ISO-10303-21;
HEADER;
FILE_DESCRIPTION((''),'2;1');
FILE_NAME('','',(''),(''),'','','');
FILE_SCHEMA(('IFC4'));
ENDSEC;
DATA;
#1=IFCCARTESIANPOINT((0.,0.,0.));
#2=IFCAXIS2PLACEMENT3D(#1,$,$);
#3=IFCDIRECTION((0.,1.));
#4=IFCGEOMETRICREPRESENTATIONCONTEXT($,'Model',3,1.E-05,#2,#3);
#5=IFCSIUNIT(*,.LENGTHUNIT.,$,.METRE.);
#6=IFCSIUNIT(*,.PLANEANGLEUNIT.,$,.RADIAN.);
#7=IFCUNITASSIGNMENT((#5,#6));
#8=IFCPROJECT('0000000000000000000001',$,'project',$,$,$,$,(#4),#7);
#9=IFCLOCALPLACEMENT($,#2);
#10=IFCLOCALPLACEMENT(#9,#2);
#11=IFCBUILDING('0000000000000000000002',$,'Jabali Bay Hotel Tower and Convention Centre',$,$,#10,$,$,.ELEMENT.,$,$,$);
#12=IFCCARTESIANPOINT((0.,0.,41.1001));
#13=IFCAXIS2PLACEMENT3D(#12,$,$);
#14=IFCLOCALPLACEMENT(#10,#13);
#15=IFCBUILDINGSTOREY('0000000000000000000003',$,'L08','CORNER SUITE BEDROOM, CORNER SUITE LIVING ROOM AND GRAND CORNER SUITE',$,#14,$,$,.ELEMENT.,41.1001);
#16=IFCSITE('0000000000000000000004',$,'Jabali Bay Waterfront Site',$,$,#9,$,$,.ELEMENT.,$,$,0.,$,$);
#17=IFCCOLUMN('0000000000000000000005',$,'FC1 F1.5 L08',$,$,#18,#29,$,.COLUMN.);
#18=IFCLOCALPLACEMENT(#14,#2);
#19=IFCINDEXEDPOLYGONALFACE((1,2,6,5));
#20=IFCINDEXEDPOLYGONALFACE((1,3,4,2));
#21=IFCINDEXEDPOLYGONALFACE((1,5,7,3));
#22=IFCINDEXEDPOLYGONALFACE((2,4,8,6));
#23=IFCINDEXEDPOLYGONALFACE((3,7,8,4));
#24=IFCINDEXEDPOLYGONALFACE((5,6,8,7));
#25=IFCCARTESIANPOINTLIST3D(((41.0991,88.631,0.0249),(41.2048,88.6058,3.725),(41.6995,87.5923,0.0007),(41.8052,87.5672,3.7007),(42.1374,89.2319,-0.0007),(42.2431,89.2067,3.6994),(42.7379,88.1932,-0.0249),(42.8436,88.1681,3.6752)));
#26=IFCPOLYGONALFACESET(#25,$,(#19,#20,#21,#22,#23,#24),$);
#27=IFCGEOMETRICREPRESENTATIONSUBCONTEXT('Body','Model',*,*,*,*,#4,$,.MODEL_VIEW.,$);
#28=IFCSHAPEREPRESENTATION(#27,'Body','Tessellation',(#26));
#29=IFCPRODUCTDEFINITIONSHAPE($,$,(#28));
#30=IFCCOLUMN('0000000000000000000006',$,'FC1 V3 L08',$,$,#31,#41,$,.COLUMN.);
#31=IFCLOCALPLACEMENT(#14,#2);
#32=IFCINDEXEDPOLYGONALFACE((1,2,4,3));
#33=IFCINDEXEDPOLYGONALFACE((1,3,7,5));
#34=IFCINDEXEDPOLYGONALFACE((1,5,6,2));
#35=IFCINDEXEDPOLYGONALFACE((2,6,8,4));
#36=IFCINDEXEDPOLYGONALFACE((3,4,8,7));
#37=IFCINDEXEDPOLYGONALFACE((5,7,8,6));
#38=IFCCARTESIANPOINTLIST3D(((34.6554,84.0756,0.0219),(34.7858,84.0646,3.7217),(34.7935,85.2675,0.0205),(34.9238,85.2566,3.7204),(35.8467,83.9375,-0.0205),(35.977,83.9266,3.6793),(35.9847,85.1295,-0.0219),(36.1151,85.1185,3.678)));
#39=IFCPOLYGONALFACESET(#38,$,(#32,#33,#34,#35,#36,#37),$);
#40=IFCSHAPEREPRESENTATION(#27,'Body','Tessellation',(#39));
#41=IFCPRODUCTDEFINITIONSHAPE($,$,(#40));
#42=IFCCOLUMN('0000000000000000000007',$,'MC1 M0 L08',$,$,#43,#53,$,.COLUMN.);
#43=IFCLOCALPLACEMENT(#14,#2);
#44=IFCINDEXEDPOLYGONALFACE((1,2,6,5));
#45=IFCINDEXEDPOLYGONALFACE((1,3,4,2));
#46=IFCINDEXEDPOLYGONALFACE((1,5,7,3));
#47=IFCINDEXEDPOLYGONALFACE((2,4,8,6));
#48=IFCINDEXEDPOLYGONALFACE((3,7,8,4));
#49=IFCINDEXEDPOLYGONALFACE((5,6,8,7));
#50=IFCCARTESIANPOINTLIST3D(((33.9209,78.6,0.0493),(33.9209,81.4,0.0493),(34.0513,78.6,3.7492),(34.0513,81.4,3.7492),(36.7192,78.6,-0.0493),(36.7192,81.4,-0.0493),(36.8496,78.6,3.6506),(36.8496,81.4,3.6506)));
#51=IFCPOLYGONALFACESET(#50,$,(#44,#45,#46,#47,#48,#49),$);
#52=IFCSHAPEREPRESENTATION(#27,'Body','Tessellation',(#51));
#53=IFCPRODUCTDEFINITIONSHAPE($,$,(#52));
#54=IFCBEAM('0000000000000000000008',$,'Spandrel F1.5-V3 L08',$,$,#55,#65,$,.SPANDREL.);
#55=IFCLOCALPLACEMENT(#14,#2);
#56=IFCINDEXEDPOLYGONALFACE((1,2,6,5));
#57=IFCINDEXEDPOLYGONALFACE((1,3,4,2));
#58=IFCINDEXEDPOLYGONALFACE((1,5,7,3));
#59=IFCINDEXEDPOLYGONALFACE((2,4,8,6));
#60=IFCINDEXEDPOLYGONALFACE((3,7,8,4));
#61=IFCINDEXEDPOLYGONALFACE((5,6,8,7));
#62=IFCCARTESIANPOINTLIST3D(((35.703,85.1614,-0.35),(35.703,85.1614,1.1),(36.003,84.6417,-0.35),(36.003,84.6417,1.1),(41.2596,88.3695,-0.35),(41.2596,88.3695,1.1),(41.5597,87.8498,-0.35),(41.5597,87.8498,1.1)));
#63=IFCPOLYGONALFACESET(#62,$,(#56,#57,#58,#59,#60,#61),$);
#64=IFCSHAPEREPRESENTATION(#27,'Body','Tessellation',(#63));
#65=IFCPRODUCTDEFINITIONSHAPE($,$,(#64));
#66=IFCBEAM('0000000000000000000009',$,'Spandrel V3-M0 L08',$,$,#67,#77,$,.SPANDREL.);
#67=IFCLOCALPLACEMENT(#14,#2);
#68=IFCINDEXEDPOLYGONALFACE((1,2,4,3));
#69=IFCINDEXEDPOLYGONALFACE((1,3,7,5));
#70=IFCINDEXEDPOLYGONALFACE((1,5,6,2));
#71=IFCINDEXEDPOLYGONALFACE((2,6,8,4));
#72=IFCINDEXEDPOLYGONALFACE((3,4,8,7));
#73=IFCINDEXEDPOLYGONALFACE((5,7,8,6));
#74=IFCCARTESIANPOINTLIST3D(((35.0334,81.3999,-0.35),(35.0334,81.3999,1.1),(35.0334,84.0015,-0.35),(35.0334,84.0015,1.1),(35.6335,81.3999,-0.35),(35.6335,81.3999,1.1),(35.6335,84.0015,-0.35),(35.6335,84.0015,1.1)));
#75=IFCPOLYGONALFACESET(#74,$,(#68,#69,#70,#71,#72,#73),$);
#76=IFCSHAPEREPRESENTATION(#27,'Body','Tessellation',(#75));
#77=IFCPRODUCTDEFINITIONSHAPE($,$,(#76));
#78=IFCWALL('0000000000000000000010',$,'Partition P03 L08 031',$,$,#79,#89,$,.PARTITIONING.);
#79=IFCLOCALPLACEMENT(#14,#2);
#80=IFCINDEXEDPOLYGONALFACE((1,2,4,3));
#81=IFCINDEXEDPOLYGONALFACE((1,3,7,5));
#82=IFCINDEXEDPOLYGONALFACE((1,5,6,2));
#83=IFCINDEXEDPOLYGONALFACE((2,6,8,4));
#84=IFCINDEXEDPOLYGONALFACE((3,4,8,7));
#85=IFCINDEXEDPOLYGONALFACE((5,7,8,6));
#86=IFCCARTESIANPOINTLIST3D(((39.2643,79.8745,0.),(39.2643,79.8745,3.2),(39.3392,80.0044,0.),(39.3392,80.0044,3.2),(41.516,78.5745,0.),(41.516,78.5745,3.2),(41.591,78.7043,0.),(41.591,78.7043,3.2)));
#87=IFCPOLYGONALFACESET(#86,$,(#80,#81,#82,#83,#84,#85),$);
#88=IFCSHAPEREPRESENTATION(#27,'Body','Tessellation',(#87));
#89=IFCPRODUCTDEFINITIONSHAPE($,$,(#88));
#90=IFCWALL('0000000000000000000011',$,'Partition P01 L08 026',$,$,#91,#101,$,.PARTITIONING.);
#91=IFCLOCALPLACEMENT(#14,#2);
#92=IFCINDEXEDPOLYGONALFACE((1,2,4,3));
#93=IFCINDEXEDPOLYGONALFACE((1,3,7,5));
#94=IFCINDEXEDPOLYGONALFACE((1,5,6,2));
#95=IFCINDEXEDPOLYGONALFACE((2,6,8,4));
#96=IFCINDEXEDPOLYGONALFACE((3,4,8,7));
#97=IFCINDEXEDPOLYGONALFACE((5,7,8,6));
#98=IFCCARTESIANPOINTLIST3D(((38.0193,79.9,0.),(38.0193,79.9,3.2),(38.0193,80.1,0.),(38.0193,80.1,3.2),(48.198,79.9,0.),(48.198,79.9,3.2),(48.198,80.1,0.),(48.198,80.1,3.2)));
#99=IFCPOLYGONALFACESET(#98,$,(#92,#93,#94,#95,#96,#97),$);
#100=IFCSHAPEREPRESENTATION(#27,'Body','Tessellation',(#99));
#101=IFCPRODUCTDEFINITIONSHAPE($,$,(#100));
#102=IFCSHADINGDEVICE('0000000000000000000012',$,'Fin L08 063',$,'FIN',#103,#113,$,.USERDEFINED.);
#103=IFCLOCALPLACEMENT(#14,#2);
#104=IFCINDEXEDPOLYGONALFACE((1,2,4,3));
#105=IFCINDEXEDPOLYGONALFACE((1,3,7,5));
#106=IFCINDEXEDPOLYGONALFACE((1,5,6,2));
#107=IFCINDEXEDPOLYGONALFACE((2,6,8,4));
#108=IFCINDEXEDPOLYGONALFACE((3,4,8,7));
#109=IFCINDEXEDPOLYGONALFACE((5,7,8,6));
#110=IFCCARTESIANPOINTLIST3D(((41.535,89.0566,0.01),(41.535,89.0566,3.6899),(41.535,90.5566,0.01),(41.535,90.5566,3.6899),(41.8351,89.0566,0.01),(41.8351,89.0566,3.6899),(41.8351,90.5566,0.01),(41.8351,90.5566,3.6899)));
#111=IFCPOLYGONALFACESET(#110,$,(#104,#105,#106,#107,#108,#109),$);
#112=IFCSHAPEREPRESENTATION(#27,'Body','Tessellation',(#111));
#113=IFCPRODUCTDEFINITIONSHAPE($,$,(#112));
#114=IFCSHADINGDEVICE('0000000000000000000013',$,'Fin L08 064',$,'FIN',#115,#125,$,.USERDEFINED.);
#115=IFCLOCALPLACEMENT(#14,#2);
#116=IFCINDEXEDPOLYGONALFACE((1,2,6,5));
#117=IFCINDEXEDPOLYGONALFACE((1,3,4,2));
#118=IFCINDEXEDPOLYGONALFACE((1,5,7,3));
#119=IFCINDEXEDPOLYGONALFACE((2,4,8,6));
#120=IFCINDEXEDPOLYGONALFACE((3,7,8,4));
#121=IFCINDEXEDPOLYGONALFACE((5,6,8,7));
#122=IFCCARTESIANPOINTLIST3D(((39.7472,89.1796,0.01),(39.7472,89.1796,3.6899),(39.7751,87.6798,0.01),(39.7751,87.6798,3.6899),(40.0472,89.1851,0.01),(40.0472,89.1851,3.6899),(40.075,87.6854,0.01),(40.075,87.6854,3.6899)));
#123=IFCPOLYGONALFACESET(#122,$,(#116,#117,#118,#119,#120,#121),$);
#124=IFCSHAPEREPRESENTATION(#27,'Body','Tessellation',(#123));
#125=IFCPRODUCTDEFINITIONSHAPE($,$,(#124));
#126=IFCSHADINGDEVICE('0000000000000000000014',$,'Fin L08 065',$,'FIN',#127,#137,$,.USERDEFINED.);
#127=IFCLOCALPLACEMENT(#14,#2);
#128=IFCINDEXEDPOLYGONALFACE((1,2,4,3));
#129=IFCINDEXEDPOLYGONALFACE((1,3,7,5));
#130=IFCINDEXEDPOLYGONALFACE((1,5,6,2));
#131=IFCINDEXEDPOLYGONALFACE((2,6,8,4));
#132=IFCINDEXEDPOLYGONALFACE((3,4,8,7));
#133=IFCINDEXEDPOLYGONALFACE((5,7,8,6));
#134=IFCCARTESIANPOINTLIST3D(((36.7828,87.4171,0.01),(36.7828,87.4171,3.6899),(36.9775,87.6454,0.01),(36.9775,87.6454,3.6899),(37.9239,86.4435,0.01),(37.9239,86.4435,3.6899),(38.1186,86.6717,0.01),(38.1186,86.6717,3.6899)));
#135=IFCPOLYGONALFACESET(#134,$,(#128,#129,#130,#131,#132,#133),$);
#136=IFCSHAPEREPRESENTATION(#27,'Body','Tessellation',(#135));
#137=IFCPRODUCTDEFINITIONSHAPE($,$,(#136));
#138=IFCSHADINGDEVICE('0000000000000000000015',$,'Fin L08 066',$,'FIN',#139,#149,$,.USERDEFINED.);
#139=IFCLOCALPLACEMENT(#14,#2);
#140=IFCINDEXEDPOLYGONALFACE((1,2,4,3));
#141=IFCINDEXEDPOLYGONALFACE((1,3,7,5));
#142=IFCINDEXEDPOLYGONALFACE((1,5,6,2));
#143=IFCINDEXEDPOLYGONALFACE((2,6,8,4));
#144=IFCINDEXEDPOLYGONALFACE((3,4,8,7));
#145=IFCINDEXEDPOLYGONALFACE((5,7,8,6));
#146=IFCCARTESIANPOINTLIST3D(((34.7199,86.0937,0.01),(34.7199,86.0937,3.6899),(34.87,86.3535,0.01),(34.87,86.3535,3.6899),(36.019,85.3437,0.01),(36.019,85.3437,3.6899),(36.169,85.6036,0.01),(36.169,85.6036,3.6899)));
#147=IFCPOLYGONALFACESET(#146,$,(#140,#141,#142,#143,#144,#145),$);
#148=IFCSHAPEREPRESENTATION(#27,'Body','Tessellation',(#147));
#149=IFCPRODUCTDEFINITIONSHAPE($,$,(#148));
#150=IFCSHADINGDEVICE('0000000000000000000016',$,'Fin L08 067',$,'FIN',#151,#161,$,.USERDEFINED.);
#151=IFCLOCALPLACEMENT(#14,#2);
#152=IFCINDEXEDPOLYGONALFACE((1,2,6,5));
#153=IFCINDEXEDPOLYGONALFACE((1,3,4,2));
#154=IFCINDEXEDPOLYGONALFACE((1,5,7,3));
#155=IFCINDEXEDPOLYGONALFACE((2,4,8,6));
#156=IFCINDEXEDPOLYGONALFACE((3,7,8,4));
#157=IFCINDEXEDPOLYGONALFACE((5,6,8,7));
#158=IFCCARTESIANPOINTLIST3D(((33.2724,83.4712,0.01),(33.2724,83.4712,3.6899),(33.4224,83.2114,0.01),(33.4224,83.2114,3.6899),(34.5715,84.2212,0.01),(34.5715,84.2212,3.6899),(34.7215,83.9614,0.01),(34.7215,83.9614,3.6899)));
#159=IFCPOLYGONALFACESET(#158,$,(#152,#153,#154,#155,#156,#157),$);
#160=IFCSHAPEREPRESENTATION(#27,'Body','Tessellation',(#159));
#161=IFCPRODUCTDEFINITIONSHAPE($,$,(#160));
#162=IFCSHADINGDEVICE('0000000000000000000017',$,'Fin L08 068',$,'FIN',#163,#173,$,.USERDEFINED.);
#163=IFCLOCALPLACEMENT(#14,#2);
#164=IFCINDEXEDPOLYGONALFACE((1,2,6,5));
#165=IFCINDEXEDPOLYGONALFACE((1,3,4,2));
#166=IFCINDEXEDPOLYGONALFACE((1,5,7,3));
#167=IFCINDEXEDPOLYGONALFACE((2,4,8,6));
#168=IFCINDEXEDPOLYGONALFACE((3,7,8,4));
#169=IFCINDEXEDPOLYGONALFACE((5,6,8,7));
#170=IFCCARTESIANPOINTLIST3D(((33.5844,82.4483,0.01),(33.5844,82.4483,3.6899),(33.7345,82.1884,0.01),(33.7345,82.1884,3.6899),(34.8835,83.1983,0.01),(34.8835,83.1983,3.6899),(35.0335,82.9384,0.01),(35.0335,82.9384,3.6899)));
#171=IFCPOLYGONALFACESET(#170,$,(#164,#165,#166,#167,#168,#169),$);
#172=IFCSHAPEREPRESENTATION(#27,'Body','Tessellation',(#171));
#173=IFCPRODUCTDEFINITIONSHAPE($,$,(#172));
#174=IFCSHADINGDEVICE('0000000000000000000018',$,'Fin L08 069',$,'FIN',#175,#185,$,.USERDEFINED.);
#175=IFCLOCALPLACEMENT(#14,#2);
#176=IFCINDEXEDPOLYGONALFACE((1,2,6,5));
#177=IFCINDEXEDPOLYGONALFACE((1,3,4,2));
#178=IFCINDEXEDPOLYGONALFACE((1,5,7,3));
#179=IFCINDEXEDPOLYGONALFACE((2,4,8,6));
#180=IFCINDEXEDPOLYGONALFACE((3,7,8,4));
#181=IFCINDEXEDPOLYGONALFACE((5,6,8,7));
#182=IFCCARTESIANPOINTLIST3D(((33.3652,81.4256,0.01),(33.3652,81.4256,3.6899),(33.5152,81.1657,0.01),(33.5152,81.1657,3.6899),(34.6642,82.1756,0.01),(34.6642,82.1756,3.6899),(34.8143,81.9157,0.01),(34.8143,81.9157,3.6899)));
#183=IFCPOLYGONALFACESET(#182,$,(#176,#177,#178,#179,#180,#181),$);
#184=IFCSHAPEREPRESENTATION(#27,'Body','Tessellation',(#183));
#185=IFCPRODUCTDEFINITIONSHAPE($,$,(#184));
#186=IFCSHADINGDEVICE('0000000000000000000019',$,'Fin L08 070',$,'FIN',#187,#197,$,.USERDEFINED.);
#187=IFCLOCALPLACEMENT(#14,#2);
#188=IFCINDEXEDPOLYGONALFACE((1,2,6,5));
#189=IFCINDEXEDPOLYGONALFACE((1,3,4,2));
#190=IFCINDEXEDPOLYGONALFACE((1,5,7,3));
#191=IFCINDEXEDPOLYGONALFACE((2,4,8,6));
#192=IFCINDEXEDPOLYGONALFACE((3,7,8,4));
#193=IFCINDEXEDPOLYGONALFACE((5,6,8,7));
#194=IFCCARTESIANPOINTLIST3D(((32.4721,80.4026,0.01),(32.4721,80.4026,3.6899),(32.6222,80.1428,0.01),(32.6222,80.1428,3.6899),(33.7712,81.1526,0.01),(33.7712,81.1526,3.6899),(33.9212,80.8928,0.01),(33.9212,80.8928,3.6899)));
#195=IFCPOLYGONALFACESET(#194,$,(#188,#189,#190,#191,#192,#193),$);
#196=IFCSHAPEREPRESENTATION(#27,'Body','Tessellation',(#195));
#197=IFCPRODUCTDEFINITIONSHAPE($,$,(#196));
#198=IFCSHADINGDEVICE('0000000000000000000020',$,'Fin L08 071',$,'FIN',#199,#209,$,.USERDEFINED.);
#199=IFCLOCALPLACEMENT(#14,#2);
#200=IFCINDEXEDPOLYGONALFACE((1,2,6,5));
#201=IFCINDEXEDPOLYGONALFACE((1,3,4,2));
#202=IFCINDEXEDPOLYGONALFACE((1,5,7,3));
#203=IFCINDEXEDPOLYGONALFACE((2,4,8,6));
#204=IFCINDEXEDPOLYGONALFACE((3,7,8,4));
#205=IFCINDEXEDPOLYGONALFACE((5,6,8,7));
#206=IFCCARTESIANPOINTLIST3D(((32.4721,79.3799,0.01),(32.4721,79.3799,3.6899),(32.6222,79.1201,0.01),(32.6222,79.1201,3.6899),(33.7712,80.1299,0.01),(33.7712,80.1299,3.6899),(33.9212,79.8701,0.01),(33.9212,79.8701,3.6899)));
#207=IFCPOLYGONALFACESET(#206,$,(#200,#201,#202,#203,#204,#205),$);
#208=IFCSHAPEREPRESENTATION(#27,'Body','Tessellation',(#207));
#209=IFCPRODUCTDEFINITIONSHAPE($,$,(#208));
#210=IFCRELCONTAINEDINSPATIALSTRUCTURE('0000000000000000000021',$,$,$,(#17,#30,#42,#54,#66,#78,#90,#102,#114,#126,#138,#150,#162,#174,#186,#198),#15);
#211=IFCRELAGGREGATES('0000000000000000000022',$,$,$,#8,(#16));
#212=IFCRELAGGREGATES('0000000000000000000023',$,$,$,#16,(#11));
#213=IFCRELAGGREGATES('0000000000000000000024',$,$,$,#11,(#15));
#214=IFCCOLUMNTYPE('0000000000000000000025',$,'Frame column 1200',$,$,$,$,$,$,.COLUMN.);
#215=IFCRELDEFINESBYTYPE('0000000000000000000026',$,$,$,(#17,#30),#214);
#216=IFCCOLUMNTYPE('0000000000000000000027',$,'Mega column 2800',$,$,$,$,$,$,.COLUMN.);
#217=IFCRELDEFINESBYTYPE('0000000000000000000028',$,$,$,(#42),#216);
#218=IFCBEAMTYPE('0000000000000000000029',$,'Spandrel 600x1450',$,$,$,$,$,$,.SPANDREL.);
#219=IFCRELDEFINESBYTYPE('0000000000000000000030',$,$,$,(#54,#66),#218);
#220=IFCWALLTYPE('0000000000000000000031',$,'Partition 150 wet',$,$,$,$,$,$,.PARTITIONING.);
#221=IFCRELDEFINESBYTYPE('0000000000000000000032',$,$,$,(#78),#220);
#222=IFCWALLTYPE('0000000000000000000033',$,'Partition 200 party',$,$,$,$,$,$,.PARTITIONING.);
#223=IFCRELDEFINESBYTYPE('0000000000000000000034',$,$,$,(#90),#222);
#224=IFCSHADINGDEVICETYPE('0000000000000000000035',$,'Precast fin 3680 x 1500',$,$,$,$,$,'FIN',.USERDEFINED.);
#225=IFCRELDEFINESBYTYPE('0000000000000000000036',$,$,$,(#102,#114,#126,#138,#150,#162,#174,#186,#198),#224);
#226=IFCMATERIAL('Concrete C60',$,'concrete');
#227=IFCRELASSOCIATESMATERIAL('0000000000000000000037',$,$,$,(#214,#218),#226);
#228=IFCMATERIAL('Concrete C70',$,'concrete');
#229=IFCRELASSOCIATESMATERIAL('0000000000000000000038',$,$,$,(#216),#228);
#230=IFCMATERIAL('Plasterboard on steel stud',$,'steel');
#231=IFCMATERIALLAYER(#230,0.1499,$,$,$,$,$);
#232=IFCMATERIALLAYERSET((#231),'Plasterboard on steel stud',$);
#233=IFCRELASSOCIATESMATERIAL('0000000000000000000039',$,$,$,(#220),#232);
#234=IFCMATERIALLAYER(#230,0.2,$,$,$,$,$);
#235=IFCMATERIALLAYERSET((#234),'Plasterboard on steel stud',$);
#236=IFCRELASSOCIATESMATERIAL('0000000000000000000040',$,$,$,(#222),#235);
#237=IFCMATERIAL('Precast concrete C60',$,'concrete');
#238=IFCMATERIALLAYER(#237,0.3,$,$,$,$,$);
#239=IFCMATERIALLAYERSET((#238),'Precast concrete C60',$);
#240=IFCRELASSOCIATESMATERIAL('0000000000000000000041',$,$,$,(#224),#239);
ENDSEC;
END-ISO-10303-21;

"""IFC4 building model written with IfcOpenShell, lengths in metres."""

from ifc_helpers import new_model, si_unit, direction, frame, frame_2d, origin, origin_2d, place, context, subcontext, project, spatial, rectangle, extrude, material, layer, layer_set, material_profile, profile_set, type_object, element, save


model = new_model("IFC4")

# Units and contexts
model_context = context("Model", 3, precision=1e-05, world=origin(), true_north=direction((0.0, 1.0)))
body_context = subcontext(model_context, "Body", "Model", "MODEL_VIEW")
ifc_project = project(units=[si_unit("LENGTHUNIT", "METRE"), si_unit("PLANEANGLEUNIT", "RADIAN")], contexts=[model_context])

# Site, building, storey
site_placement = place(None, origin())
site = spatial("IfcSite", under=ifc_project, at=site_placement, Name="Jabali Bay Waterfront Site", CompositionType="ELEMENT", RefElevation=0.0)
building_placement = place(site_placement, origin())
building = spatial("IfcBuilding", under=site, at=building_placement, Name="Jabali Bay Hotel Tower and Convention Centre", CompositionType="ELEMENT")
storey_placement = place(building_placement, frame((0.0, 0.0, 41.1001)))
storey = spatial("IfcBuildingStorey", under=building, at=storey_placement, Name="L08", Description="CORNER SUITE BEDROOM, CORNER SUITE LIVING ROOM AND GRAND CORNER SUITE", CompositionType="ELEMENT", Elevation=41.1001)

# Columns
ifc_material_1 = material(Name="Concrete C60", Category="concrete")
ifc_material_profile_1 = material_profile(ifc_material_1, rectangle(XDim=1.2, YDim=1.2, at=origin_2d()), Name="Frame column 1200")
ifc_profile_set_1 = profile_set([ifc_material_profile_1], Name="Concrete C60")
column_type_1 = type_object("IfcColumnType", Name="Frame column 1200", PredefinedType="COLUMN", material=ifc_profile_set_1)
column_1_placement = place(storey_placement, frame((41.9185, 88.4121, 0.0), z_axis=(0.028559, -0.006794, 0.999569), x_axis=(-0.500406, 0.865556, 0.02018)))
element("IfcColumn", 1, at=column_1_placement, inside=storey, type_object=column_type_1, Name="FC1 F1.5 L08", PredefinedType="COLUMN", context=body_context, shape_type="SweptSolid", body=[
    extrude(rectangle(XDim=1.2, YDim=1.2, at=origin_2d()), origin(), (0.0, 0.0, 1.0), 3.7017),
])
column_2_placement = place(storey_placement, frame((35.3201, 84.6025, 0.0), z_axis=(0.035214, -0.002967, 0.999375), x_axis=(-0.992736, 0.115015, 0.035321)))
element("IfcColumn", 2, at=column_2_placement, inside=storey, type_object=column_type_1, Name="FC1 V3 L08", PredefinedType="COLUMN", context=body_context, shape_type="SweptSolid", body=[
    extrude(rectangle(XDim=1.2, YDim=1.2, at=origin_2d()), origin(), (0.0, 0.0, 1.0), 3.7021),
])
ifc_material_2 = material(Name="Concrete C70", Category="concrete")
ifc_material_profile_2 = material_profile(ifc_material_2, rectangle(XDim=2.8, YDim=2.8, at=origin_2d()), Name="Mega column 2800")
ifc_profile_set_2 = profile_set([ifc_material_profile_2], Name="Concrete C70")
column_type_2 = type_object("IfcColumnType", Name="Mega column 2800", PredefinedType="COLUMN", material=ifc_profile_set_2)
column_3_placement = place(storey_placement, frame((35.3201, 80.0, 0.0), z_axis=(0.035214, 0.0, 0.99938), x_axis=(0.0, 1.0, 0.0)))
element("IfcColumn", 3, at=column_3_placement, inside=storey, type_object=column_type_2, Name="MC1 M0 L08", PredefinedType="COLUMN", context=body_context, shape_type="SweptSolid", body=[
    extrude(rectangle(XDim=2.8, YDim=2.8, at=origin_2d()), origin(), (0.0, 0.0, 1.0), 3.7021),
])

# Beams
ifc_material_profile_3 = material_profile(ifc_material_1, rectangle(XDim=0.6001, YDim=1.45, at=origin_2d()), Name="Spandrel 600x1450")
ifc_profile_set_3 = profile_set([ifc_material_profile_3], Name="Concrete C60")
beam_type = type_object("IfcBeamType", Name="Spandrel 600x1450", PredefinedType="SPANDREL", material=ifc_profile_set_3)
beam_1_placement = place(storey_placement, frame((41.4097, 88.1096, 0.375), z_axis=(-0.866034, -0.499986, 0.0), x_axis=(0.499986, -0.866034, 0.0)))
element("IfcBeam", 4, at=beam_1_placement, inside=storey, type_object=beam_type, Name="Spandrel F1.5-V3 L08", PredefinedType="SPANDREL", context=body_context, shape_type="SweptSolid", body=[
    extrude(rectangle(XDim=0.6001, YDim=1.45, at=origin_2d()), origin(), (0.0, 0.0, 1.0), 6.4163),
])
beam_2_placement = place(storey_placement, frame((35.3335, 84.0015, 0.375), z_axis=(0.0, -1.0, 0.0), x_axis=(1.0, 0.0, 0.0)))
element("IfcBeam", 5, at=beam_2_placement, inside=storey, type_object=beam_type, Name="Spandrel V3-M0 L08", PredefinedType="SPANDREL", context=body_context, shape_type="SweptSolid", body=[
    extrude(rectangle(XDim=0.6001, YDim=1.45, at=origin_2d()), origin(), (0.0, 0.0, 1.0), 2.6016),
])

# Walls
ifc_material_3 = material(Name="Plasterboard on steel stud", Category="steel")
ifc_layer_1 = layer(ifc_material_3, 0.1499)
ifc_layer_set_1 = layer_set([ifc_layer_1], Name="Plasterboard on steel stud")
wall_type_1 = type_object("IfcWallType", Name="Partition 150 wet", PredefinedType="PARTITIONING", material=ifc_layer_set_1)
wall_1_placement = place(storey_placement, frame((39.3018, 79.9395, 0.0), z_axis=(0.0, 0.0, 1.0), x_axis=(0.866021, -0.500007, 0.0)))
element("IfcWall", 6, at=wall_1_placement, inside=storey, type_object=wall_type_1, Name="Partition P03 L08 031", PredefinedType="PARTITIONING", context=body_context, shape_type="SweptSolid", body=[
    extrude(rectangle(XDim=2.6001, YDim=0.1499, at=frame_2d((1.3, 0.0))), origin(), (0.0, 0.0, 1.0), 3.2),
])
ifc_layer_2 = layer(ifc_material_3, 0.2)
ifc_layer_set_2 = layer_set([ifc_layer_2], Name="Plasterboard on steel stud")
wall_type_2 = type_object("IfcWallType", Name="Partition 200 party", PredefinedType="PARTITIONING", material=ifc_layer_set_2)
wall_2_placement = place(storey_placement, frame((38.0193, 80.0, 0.0), z_axis=(0.0, 0.0, 1.0), x_axis=(1.0, 0.0, 0.0)))
element("IfcWall", 7, at=wall_2_placement, inside=storey, type_object=wall_type_2, Name="Partition P01 L08 026", PredefinedType="PARTITIONING", context=body_context, shape_type="SweptSolid", body=[
    extrude(rectangle(XDim=10.1787, YDim=0.2, at=frame_2d((5.0894, 0.0))), origin(), (0.0, 0.0, 1.0), 3.2),
])

# Shading devices
ifc_material_4 = material(Name="Precast concrete C60", Category="concrete")
ifc_layer_3 = layer(ifc_material_4, 0.3)
ifc_layer_set_3 = layer_set([ifc_layer_3], Name="Precast concrete C60")
shading_device_type = type_object("IfcShadingDeviceType", Name="Precast fin 3680 x 1500", ElementType="FIN", PredefinedType="USERDEFINED", material=ifc_layer_set_3)
for number, where, z_axis, x_axis, name in (
    (8, (41.6851, 89.0566, 0.01), (0.0, 0.0, 1.0), (0.0, 1.0, 0.0), "Fin L08 063"),
    (9, (39.925, 87.6826, 0.01), (0.0, 0.0, 1.0), (-0.018555, 0.999828, 0.0), "Fin L08 064"),
    (10, (38.0212, 86.5576, 0.01), (0.0, 0.0, 1.0), (-0.760725, 0.649074, 0.0), "Fin L08 065"),
    (11, (36.094, 85.4736, 0.01), (0.0, 0.0, 1.0), (-0.866031, 0.49999, 0.0), "Fin L08 066"),
    (12, (34.6465, 84.0913, 0.01), (0.0, 0.0, 1.0), (-0.866031, -0.49999, 0.0), "Fin L08 067"),
    (13, (34.9585, 83.0684, 0.01), (0.0, 0.0, 1.0), (-0.866031, -0.49999, 0.0), "Fin L08 068"),
    (14, (34.7393, 82.0457, 0.01), (0.0, 0.0, 1.0), (-0.866031, -0.49999, 0.0), "Fin L08 069"),
    (15, (33.8462, 81.0227, 0.01), (0.0, 0.0, 1.0), (-0.866031, -0.49999, 0.0), "Fin L08 070"),
    (16, (33.8462, 80.0, 0.01), (0.0, 0.0, 1.0), (-0.866031, -0.49999, 0.0), "Fin L08 071"),
):
    element("IfcShadingDevice", number, at=place(storey_placement, frame(where, z_axis=z_axis, x_axis=x_axis)), inside=storey, type_object=shading_device_type, Name=name, ObjectType="FIN", PredefinedType="USERDEFINED", context=body_context, shape_type="SweptSolid", body=[
        extrude(rectangle(XDim=1.5, YDim=0.3, at=frame_2d((0.75, 0.0))), origin(), (0.0, 0.0, 1.0), 3.6799),
    ])

save(model, "model.ifc")
